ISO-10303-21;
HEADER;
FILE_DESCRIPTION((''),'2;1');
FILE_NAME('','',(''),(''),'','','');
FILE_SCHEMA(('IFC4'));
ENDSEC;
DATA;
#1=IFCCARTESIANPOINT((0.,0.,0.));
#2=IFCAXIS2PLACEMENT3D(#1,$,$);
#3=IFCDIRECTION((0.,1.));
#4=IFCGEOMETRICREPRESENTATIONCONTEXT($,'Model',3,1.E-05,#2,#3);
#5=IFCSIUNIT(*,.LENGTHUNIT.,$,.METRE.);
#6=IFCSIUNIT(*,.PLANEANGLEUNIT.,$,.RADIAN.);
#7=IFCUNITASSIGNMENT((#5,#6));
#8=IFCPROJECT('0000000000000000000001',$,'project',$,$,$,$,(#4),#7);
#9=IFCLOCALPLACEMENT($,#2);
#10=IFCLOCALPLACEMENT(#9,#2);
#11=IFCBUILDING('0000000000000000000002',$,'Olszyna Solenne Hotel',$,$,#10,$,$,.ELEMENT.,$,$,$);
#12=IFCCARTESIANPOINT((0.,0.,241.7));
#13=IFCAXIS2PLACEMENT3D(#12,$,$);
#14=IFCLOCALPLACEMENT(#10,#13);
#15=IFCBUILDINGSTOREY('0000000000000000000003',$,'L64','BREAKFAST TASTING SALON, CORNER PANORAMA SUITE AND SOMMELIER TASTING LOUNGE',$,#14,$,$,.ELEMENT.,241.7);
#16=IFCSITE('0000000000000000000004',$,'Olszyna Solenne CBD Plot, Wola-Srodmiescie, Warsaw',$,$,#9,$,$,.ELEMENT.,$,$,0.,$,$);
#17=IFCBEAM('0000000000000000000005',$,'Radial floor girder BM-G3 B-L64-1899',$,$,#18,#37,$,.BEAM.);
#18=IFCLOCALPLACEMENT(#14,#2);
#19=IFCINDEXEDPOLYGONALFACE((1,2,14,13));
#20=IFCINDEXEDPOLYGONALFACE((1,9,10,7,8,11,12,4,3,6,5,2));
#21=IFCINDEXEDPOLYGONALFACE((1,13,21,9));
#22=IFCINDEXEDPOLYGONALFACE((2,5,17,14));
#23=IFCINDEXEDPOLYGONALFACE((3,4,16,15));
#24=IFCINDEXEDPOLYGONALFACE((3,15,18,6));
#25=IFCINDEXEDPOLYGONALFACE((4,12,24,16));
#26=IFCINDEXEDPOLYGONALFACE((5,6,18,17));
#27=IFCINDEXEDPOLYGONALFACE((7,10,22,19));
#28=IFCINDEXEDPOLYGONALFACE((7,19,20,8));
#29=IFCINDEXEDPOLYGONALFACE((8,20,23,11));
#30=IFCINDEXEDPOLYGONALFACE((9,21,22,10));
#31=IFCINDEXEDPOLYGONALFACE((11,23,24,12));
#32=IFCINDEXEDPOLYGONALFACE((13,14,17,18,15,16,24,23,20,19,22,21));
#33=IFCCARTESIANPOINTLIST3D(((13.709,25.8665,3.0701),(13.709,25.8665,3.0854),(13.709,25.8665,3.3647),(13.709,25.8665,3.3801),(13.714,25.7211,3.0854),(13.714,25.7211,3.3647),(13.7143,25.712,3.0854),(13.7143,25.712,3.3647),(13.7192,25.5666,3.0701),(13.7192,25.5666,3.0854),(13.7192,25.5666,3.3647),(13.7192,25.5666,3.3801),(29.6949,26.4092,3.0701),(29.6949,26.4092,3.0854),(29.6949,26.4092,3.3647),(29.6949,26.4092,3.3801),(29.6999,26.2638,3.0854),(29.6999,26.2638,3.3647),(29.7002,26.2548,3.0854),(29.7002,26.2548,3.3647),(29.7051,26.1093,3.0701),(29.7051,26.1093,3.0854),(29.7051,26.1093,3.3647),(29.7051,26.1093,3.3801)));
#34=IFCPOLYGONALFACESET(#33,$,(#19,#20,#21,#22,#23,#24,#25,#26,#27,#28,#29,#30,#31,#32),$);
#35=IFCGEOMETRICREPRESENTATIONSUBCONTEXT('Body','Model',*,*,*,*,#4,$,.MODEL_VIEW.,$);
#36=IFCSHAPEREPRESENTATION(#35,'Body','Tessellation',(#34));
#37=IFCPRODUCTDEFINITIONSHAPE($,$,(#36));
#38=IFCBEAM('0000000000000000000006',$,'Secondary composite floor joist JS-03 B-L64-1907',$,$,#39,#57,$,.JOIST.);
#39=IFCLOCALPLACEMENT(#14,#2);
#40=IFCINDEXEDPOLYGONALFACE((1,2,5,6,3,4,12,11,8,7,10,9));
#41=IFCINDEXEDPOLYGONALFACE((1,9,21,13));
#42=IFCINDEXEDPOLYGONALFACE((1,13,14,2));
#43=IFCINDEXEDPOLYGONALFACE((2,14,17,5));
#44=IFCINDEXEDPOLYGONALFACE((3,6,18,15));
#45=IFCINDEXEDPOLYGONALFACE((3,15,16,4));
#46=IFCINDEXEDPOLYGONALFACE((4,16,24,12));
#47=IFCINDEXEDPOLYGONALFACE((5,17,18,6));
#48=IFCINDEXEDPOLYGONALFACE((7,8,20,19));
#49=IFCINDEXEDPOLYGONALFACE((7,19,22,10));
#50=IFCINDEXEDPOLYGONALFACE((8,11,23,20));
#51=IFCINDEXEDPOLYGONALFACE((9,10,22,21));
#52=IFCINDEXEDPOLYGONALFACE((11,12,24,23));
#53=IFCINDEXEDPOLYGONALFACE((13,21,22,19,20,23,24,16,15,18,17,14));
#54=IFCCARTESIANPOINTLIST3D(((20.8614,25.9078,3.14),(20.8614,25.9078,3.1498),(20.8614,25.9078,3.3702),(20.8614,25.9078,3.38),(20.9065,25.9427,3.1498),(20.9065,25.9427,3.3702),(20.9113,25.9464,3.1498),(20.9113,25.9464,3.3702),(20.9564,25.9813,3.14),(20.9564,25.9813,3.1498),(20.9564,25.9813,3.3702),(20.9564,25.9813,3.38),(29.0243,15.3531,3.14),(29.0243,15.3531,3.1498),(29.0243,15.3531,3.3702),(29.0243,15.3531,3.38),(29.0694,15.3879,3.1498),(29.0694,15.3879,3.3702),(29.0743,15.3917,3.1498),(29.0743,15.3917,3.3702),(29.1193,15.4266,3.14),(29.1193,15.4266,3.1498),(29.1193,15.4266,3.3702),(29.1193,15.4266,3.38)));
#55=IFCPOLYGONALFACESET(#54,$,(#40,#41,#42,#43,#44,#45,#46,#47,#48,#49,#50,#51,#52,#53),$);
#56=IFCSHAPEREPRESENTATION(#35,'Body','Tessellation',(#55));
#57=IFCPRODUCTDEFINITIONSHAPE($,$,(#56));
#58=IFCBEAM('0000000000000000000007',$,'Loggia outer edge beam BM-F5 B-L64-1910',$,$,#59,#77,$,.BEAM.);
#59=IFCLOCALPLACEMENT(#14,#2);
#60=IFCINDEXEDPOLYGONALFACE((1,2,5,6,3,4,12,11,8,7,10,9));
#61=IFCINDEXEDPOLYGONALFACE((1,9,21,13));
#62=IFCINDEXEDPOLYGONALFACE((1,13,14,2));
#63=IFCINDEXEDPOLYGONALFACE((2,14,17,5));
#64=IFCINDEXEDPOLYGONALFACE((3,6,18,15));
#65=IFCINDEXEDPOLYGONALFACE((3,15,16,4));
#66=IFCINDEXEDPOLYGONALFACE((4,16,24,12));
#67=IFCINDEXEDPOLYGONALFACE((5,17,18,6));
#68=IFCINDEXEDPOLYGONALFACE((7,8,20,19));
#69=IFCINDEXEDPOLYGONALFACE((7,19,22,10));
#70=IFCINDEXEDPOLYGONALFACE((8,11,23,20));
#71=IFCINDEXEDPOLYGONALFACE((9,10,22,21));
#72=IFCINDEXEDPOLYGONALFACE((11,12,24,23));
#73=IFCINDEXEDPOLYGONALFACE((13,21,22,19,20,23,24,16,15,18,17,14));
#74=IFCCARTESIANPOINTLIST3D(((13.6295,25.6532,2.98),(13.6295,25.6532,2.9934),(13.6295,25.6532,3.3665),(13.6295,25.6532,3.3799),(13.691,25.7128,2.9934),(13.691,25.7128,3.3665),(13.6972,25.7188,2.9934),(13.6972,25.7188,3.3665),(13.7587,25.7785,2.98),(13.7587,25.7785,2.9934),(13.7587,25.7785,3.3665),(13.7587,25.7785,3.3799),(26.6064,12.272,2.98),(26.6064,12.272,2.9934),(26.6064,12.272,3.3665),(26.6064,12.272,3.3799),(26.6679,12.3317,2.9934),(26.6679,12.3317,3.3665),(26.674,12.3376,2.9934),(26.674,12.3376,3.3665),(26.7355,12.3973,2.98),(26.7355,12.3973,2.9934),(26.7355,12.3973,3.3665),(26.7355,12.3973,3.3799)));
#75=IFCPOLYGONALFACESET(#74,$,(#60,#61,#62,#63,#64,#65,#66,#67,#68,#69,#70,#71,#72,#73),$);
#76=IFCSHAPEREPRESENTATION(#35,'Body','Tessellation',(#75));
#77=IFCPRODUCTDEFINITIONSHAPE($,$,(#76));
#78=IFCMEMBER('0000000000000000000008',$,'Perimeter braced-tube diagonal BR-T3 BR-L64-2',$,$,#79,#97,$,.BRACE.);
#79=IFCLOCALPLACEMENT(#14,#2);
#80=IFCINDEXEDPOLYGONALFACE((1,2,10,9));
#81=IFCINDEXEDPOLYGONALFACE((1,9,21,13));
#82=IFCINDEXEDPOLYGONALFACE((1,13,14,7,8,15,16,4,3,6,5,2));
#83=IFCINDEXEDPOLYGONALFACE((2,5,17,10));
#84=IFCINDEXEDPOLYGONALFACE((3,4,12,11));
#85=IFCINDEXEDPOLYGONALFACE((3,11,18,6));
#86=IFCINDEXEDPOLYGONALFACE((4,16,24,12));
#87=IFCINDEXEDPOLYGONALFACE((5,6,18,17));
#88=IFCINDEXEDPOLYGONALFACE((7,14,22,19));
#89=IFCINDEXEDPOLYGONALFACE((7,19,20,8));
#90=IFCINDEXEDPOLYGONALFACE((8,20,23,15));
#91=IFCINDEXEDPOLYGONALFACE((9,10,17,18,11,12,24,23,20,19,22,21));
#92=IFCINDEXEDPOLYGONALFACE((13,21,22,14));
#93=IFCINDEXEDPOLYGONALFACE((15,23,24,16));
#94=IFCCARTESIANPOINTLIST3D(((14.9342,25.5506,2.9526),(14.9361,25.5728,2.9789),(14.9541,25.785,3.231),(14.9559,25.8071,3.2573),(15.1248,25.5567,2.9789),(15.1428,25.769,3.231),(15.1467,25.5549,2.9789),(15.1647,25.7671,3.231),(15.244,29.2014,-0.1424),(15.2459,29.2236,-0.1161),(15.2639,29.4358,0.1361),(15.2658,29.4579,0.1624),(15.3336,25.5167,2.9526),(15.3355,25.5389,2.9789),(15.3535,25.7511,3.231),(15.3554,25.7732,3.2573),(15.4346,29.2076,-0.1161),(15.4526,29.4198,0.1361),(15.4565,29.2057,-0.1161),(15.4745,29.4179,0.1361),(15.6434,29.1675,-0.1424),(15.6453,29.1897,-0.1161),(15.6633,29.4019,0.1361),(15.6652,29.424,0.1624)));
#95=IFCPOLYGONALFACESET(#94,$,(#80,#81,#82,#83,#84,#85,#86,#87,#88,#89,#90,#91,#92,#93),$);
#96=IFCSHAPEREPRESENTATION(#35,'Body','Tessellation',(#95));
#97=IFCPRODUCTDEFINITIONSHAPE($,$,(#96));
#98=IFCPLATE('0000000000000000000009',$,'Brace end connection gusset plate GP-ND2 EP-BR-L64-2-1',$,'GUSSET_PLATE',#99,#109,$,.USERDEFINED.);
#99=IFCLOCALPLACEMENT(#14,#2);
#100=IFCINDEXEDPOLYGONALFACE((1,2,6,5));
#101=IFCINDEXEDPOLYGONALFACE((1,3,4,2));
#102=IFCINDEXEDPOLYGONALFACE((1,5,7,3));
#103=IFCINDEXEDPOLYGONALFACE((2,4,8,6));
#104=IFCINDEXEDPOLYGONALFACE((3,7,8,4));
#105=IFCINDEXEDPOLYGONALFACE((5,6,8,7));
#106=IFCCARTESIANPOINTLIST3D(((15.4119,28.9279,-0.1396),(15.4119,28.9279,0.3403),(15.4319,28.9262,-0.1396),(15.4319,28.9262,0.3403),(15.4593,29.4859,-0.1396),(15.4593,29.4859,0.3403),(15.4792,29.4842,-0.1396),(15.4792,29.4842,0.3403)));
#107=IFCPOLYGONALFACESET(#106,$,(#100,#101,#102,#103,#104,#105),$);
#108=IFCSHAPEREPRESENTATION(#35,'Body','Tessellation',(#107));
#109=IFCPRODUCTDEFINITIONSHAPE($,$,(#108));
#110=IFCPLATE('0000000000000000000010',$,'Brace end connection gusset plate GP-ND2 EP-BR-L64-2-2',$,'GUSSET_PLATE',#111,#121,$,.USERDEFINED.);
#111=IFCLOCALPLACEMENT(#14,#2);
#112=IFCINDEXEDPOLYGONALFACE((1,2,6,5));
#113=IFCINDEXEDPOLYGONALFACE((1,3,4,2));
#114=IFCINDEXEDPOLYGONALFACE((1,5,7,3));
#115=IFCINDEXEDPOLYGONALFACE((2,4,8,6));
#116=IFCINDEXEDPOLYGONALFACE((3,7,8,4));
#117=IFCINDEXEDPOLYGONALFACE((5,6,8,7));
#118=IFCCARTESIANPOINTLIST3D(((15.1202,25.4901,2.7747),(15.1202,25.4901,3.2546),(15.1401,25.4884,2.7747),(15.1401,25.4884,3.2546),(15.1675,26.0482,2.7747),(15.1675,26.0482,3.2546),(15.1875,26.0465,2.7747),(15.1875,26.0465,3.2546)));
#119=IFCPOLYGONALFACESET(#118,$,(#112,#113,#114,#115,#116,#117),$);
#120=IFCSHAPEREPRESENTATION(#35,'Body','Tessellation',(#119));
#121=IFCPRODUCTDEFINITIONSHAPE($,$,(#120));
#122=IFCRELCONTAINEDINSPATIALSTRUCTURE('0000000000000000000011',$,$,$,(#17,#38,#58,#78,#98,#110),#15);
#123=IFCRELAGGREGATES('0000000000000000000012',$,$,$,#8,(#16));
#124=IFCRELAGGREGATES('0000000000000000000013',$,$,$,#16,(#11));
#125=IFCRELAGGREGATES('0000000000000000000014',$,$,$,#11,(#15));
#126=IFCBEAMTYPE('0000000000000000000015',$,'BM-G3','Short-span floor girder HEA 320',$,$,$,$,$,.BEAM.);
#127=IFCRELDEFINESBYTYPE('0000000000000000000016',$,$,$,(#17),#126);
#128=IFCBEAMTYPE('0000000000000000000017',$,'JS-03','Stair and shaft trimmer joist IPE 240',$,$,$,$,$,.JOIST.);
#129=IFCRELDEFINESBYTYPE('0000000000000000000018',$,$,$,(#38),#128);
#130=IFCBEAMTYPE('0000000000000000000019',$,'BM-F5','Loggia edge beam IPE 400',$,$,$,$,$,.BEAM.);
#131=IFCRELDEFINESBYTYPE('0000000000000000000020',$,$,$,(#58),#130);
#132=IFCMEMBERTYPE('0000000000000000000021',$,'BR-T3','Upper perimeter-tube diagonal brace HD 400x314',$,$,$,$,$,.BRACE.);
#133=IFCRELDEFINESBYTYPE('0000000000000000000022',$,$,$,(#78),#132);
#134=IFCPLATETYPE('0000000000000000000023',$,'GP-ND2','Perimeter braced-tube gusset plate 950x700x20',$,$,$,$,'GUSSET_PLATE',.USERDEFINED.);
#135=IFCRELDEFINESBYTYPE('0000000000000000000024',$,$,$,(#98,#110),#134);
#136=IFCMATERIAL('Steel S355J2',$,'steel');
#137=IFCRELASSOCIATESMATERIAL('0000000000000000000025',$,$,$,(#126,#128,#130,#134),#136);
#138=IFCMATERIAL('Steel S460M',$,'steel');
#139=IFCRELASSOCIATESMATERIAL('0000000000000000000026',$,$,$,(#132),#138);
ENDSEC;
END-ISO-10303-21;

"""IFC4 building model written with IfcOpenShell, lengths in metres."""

from ifc_helpers import new_model, si_unit, direction, frame, origin, origin_2d, place, context, subcontext, project, spatial, rectangle, i_section, extrude, source, transform, mapped, material, material_profile, profile_set, type_object, element, save


model = new_model("IFC4")

# Units and contexts
model_context = context("Model", 3, precision=1e-05, world=origin(), true_north=direction((0.0, 1.0)))
body_context = subcontext(model_context, "Body", "Model", "MODEL_VIEW")
ifc_project = project(units=[si_unit("LENGTHUNIT", "METRE"), si_unit("PLANEANGLEUNIT", "RADIAN")], contexts=[model_context])

# Site, building, storey
site_placement = place(None, origin())
site = spatial("IfcSite", under=ifc_project, at=site_placement, Name="Olszyna Solenne CBD Plot, Wola-Srodmiescie, Warsaw", CompositionType="ELEMENT", RefElevation=0.0)
building_placement = place(site_placement, origin())
building = spatial("IfcBuilding", under=site, at=building_placement, Name="Olszyna Solenne Hotel", CompositionType="ELEMENT")
storey_placement = place(building_placement, frame((0.0, 0.0, 241.7)))
storey = spatial("IfcBuildingStorey", under=building, at=storey_placement, Name="L64", Description="BREAKFAST TASTING SALON, CORNER PANORAMA SUITE AND SOMMELIER TASTING LOUNGE", CompositionType="ELEMENT", Elevation=241.7)

# Shared definitions
ifc_material_1 = material(Name="Steel S460M", Category="steel")

# Beams
ifc_material_2 = material(Name="Steel S355J2", Category="steel")
ifc_material_profile_1 = material_profile(ifc_material_2, i_section(OverallWidth=0.3, OverallDepth=0.3101, WebThickness=0.009, FlangeThickness=0.0154, at=origin_2d()), Name="HEA 320", Category="load-bearing")
ifc_profile_set_1 = profile_set([ifc_material_profile_1], Name="Steel S355J2")
beam_type_1 = type_object("IfcBeamType", Name="BM-G3", Description="Short-span floor girder HEA 320", PredefinedType="BEAM", material=ifc_profile_set_1)
shared_shape_1 = source(origin(), body_context, "Body", "SweptSolid", [
    extrude(i_section(OverallWidth=0.3, OverallDepth=0.3101, WebThickness=0.009, FlangeThickness=0.0154, at=origin_2d()), origin(), (0.0, 0.0, 1.0), 15.9951),
])
beam_1_placement = place(storey_placement, frame((13.7141, 25.7166, 3.2251), z_axis=(0.999424, 0.033931, 0.0), x_axis=(-0.033931, 0.999424, 0.0)))
element("IfcBeam", 1, at=beam_1_placement, inside=storey, type_object=beam_type_1, Name="Radial floor girder BM-G3 B-L64-1899", PredefinedType="BEAM", context=body_context, shape_type="MappedRepresentation", body=[
    mapped(shared_shape_1, transform((0.0, 0.0, 0.0), x_axis=(1.0, 0.0, 0.0), y_axis=(0.0, 1.0, 0.0), z_axis=(0.0, 0.0, 1.0), scale=1.0)),
])
ifc_material_profile_2 = material_profile(ifc_material_2, i_section(OverallWidth=0.1201, OverallDepth=0.24, WebThickness=0.0061, FlangeThickness=0.0098, at=origin_2d()), Name="IPE 240", Category="load-bearing")
ifc_profile_set_2 = profile_set([ifc_material_profile_2], Name="Steel S355J2")
beam_type_2 = type_object("IfcBeamType", Name="JS-03", Description="Stair and shaft trimmer joist IPE 240", PredefinedType="JOIST", material=ifc_profile_set_2)
shared_shape_2 = source(origin(), body_context, "Body", "SweptSolid", [
    extrude(i_section(OverallWidth=0.1201, OverallDepth=0.24, WebThickness=0.0061, FlangeThickness=0.0098, at=origin_2d()), origin(), (0.0, 0.0, 1.0), 13.343),
])
beam_2_placement = place(storey_placement, frame((20.9089, 25.9446, 3.26), z_axis=(0.611773, -0.791033, 0.0), x_axis=(0.791033, 0.611773, 0.0)))
element("IfcBeam", 2, at=beam_2_placement, inside=storey, type_object=beam_type_2, Name="Secondary composite floor joist JS-03 B-L64-1907", PredefinedType="JOIST", context=body_context, shape_type="MappedRepresentation", body=[
    mapped(shared_shape_2, transform((0.0, 0.0, 0.0), x_axis=(1.0, 0.0, 0.0), y_axis=(0.0, 1.0, 0.0), z_axis=(0.0, 0.0, 1.0), scale=1.0)),
])
ifc_material_profile_3 = material_profile(ifc_material_2, i_section(OverallWidth=0.1799, OverallDepth=0.3999, WebThickness=0.0085, FlangeThickness=0.0134, at=origin_2d()), Name="IPE 400", Category="load-bearing")
ifc_profile_set_3 = profile_set([ifc_material_profile_3], Name="Steel S355J2")
beam_type_3 = type_object("IfcBeamType", Name="BM-F5", Description="Loggia edge beam IPE 400", PredefinedType="BEAM", material=ifc_profile_set_3)
shared_shape_3 = source(origin(), body_context, "Body", "SweptSolid", [
    extrude(i_section(OverallWidth=0.1799, OverallDepth=0.3999, WebThickness=0.0085, FlangeThickness=0.0134, at=origin_2d()), origin(), (0.0, 0.0, 1.0), 18.6401),
])
beam_3_placement = place(storey_placement, frame((13.6941, 25.7158, 3.1799), z_axis=(0.696179, -0.717868, 0.0), x_axis=(0.717868, 0.696179, 0.0)))
element("IfcBeam", 3, at=beam_3_placement, inside=storey, type_object=beam_type_3, Name="Loggia outer edge beam BM-F5 B-L64-1910", PredefinedType="BEAM", context=body_context, shape_type="MappedRepresentation", body=[
    mapped(shared_shape_3, transform((0.0, 0.0, 0.0), x_axis=(1.0, 0.0, 0.0), y_axis=(0.0, 1.0, 0.0), z_axis=(0.0, 0.0, 1.0), scale=1.0)),
])

# Member
ifc_material_profile_4 = material_profile(ifc_material_1, i_section(OverallWidth=0.4009, OverallDepth=0.3989, WebThickness=0.022, FlangeThickness=0.0344, at=origin_2d()), Name="HD 400x314", Category="load-bearing")
ifc_profile_set_4 = profile_set([ifc_material_profile_4], Name="Steel S460M")
member_type = type_object("IfcMemberType", Name="BR-T3", Description="Upper perimeter-tube diagonal brace HD 400x314", PredefinedType="BRACE", material=ifc_profile_set_4)
shared_shape_4 = source(origin(), body_context, "Body", "SweptSolid", [
    extrude(i_section(OverallWidth=0.4009, OverallDepth=0.3989, WebThickness=0.022, FlangeThickness=0.0344, at=origin_2d()), origin(), (0.0, 0.0, 1.0), 4.7961),
])
member_placement = place(storey_placement, frame((15.4546, 29.3127, 0.01), z_axis=(-0.064596, -0.761199, 0.645293), x_axis=(0.996419, -0.084556, 0.0)))
element("IfcMember", 4, at=member_placement, inside=storey, type_object=member_type, Name="Perimeter braced-tube diagonal BR-T3 BR-L64-2", PredefinedType="BRACE", context=body_context, shape_type="MappedRepresentation", body=[
    mapped(shared_shape_4, transform((0.0, 0.0, 0.0), x_axis=(1.0, 0.0, 0.0), y_axis=(0.0, 1.0, 0.0), z_axis=(0.0, 0.0, 1.0), scale=1.0)),
])

# Plates
plate_type = type_object("IfcPlateType", Name="GP-ND2", Description="Perimeter braced-tube gusset plate 950x700x20", ElementType="GUSSET_PLATE", PredefinedType="USERDEFINED", material=ifc_material_2)
shared_shape_5 = source(origin(), body_context, "Body", "SweptSolid", [
    extrude(rectangle(XDim=0.5601, YDim=0.02, at=origin_2d()), origin(), (0.0, 0.0, 1.0), 0.48),
])
for number, where, z_axis, x_axis, name in (
    (5, (15.4456, 29.2061, -0.1396), (0.0, 0.0, 1.0), (-0.084547, -0.996419, 0.0), "Brace end connection gusset plate GP-ND2 EP-BR-L64-2-1"),
    (6, (15.1538, 25.7683, 2.7747), (0.0, 0.0, 1.0), (-0.084547, -0.996419, 0.0), "Brace end connection gusset plate GP-ND2 EP-BR-L64-2-2"),
):
    element("IfcPlate", number, at=place(storey_placement, frame(where, z_axis=z_axis, x_axis=x_axis)), inside=storey, type_object=plate_type, Name=name, ObjectType="GUSSET_PLATE", PredefinedType="USERDEFINED", context=body_context, shape_type="MappedRepresentation", body=[
        mapped(shared_shape_5, transform((0.0, 0.0, 0.0), x_axis=(1.0, 0.0, 0.0), y_axis=(0.0, 1.0, 0.0), z_axis=(0.0, 0.0, 1.0), scale=1.0)),
    ])

save(model, "model.ifc")
